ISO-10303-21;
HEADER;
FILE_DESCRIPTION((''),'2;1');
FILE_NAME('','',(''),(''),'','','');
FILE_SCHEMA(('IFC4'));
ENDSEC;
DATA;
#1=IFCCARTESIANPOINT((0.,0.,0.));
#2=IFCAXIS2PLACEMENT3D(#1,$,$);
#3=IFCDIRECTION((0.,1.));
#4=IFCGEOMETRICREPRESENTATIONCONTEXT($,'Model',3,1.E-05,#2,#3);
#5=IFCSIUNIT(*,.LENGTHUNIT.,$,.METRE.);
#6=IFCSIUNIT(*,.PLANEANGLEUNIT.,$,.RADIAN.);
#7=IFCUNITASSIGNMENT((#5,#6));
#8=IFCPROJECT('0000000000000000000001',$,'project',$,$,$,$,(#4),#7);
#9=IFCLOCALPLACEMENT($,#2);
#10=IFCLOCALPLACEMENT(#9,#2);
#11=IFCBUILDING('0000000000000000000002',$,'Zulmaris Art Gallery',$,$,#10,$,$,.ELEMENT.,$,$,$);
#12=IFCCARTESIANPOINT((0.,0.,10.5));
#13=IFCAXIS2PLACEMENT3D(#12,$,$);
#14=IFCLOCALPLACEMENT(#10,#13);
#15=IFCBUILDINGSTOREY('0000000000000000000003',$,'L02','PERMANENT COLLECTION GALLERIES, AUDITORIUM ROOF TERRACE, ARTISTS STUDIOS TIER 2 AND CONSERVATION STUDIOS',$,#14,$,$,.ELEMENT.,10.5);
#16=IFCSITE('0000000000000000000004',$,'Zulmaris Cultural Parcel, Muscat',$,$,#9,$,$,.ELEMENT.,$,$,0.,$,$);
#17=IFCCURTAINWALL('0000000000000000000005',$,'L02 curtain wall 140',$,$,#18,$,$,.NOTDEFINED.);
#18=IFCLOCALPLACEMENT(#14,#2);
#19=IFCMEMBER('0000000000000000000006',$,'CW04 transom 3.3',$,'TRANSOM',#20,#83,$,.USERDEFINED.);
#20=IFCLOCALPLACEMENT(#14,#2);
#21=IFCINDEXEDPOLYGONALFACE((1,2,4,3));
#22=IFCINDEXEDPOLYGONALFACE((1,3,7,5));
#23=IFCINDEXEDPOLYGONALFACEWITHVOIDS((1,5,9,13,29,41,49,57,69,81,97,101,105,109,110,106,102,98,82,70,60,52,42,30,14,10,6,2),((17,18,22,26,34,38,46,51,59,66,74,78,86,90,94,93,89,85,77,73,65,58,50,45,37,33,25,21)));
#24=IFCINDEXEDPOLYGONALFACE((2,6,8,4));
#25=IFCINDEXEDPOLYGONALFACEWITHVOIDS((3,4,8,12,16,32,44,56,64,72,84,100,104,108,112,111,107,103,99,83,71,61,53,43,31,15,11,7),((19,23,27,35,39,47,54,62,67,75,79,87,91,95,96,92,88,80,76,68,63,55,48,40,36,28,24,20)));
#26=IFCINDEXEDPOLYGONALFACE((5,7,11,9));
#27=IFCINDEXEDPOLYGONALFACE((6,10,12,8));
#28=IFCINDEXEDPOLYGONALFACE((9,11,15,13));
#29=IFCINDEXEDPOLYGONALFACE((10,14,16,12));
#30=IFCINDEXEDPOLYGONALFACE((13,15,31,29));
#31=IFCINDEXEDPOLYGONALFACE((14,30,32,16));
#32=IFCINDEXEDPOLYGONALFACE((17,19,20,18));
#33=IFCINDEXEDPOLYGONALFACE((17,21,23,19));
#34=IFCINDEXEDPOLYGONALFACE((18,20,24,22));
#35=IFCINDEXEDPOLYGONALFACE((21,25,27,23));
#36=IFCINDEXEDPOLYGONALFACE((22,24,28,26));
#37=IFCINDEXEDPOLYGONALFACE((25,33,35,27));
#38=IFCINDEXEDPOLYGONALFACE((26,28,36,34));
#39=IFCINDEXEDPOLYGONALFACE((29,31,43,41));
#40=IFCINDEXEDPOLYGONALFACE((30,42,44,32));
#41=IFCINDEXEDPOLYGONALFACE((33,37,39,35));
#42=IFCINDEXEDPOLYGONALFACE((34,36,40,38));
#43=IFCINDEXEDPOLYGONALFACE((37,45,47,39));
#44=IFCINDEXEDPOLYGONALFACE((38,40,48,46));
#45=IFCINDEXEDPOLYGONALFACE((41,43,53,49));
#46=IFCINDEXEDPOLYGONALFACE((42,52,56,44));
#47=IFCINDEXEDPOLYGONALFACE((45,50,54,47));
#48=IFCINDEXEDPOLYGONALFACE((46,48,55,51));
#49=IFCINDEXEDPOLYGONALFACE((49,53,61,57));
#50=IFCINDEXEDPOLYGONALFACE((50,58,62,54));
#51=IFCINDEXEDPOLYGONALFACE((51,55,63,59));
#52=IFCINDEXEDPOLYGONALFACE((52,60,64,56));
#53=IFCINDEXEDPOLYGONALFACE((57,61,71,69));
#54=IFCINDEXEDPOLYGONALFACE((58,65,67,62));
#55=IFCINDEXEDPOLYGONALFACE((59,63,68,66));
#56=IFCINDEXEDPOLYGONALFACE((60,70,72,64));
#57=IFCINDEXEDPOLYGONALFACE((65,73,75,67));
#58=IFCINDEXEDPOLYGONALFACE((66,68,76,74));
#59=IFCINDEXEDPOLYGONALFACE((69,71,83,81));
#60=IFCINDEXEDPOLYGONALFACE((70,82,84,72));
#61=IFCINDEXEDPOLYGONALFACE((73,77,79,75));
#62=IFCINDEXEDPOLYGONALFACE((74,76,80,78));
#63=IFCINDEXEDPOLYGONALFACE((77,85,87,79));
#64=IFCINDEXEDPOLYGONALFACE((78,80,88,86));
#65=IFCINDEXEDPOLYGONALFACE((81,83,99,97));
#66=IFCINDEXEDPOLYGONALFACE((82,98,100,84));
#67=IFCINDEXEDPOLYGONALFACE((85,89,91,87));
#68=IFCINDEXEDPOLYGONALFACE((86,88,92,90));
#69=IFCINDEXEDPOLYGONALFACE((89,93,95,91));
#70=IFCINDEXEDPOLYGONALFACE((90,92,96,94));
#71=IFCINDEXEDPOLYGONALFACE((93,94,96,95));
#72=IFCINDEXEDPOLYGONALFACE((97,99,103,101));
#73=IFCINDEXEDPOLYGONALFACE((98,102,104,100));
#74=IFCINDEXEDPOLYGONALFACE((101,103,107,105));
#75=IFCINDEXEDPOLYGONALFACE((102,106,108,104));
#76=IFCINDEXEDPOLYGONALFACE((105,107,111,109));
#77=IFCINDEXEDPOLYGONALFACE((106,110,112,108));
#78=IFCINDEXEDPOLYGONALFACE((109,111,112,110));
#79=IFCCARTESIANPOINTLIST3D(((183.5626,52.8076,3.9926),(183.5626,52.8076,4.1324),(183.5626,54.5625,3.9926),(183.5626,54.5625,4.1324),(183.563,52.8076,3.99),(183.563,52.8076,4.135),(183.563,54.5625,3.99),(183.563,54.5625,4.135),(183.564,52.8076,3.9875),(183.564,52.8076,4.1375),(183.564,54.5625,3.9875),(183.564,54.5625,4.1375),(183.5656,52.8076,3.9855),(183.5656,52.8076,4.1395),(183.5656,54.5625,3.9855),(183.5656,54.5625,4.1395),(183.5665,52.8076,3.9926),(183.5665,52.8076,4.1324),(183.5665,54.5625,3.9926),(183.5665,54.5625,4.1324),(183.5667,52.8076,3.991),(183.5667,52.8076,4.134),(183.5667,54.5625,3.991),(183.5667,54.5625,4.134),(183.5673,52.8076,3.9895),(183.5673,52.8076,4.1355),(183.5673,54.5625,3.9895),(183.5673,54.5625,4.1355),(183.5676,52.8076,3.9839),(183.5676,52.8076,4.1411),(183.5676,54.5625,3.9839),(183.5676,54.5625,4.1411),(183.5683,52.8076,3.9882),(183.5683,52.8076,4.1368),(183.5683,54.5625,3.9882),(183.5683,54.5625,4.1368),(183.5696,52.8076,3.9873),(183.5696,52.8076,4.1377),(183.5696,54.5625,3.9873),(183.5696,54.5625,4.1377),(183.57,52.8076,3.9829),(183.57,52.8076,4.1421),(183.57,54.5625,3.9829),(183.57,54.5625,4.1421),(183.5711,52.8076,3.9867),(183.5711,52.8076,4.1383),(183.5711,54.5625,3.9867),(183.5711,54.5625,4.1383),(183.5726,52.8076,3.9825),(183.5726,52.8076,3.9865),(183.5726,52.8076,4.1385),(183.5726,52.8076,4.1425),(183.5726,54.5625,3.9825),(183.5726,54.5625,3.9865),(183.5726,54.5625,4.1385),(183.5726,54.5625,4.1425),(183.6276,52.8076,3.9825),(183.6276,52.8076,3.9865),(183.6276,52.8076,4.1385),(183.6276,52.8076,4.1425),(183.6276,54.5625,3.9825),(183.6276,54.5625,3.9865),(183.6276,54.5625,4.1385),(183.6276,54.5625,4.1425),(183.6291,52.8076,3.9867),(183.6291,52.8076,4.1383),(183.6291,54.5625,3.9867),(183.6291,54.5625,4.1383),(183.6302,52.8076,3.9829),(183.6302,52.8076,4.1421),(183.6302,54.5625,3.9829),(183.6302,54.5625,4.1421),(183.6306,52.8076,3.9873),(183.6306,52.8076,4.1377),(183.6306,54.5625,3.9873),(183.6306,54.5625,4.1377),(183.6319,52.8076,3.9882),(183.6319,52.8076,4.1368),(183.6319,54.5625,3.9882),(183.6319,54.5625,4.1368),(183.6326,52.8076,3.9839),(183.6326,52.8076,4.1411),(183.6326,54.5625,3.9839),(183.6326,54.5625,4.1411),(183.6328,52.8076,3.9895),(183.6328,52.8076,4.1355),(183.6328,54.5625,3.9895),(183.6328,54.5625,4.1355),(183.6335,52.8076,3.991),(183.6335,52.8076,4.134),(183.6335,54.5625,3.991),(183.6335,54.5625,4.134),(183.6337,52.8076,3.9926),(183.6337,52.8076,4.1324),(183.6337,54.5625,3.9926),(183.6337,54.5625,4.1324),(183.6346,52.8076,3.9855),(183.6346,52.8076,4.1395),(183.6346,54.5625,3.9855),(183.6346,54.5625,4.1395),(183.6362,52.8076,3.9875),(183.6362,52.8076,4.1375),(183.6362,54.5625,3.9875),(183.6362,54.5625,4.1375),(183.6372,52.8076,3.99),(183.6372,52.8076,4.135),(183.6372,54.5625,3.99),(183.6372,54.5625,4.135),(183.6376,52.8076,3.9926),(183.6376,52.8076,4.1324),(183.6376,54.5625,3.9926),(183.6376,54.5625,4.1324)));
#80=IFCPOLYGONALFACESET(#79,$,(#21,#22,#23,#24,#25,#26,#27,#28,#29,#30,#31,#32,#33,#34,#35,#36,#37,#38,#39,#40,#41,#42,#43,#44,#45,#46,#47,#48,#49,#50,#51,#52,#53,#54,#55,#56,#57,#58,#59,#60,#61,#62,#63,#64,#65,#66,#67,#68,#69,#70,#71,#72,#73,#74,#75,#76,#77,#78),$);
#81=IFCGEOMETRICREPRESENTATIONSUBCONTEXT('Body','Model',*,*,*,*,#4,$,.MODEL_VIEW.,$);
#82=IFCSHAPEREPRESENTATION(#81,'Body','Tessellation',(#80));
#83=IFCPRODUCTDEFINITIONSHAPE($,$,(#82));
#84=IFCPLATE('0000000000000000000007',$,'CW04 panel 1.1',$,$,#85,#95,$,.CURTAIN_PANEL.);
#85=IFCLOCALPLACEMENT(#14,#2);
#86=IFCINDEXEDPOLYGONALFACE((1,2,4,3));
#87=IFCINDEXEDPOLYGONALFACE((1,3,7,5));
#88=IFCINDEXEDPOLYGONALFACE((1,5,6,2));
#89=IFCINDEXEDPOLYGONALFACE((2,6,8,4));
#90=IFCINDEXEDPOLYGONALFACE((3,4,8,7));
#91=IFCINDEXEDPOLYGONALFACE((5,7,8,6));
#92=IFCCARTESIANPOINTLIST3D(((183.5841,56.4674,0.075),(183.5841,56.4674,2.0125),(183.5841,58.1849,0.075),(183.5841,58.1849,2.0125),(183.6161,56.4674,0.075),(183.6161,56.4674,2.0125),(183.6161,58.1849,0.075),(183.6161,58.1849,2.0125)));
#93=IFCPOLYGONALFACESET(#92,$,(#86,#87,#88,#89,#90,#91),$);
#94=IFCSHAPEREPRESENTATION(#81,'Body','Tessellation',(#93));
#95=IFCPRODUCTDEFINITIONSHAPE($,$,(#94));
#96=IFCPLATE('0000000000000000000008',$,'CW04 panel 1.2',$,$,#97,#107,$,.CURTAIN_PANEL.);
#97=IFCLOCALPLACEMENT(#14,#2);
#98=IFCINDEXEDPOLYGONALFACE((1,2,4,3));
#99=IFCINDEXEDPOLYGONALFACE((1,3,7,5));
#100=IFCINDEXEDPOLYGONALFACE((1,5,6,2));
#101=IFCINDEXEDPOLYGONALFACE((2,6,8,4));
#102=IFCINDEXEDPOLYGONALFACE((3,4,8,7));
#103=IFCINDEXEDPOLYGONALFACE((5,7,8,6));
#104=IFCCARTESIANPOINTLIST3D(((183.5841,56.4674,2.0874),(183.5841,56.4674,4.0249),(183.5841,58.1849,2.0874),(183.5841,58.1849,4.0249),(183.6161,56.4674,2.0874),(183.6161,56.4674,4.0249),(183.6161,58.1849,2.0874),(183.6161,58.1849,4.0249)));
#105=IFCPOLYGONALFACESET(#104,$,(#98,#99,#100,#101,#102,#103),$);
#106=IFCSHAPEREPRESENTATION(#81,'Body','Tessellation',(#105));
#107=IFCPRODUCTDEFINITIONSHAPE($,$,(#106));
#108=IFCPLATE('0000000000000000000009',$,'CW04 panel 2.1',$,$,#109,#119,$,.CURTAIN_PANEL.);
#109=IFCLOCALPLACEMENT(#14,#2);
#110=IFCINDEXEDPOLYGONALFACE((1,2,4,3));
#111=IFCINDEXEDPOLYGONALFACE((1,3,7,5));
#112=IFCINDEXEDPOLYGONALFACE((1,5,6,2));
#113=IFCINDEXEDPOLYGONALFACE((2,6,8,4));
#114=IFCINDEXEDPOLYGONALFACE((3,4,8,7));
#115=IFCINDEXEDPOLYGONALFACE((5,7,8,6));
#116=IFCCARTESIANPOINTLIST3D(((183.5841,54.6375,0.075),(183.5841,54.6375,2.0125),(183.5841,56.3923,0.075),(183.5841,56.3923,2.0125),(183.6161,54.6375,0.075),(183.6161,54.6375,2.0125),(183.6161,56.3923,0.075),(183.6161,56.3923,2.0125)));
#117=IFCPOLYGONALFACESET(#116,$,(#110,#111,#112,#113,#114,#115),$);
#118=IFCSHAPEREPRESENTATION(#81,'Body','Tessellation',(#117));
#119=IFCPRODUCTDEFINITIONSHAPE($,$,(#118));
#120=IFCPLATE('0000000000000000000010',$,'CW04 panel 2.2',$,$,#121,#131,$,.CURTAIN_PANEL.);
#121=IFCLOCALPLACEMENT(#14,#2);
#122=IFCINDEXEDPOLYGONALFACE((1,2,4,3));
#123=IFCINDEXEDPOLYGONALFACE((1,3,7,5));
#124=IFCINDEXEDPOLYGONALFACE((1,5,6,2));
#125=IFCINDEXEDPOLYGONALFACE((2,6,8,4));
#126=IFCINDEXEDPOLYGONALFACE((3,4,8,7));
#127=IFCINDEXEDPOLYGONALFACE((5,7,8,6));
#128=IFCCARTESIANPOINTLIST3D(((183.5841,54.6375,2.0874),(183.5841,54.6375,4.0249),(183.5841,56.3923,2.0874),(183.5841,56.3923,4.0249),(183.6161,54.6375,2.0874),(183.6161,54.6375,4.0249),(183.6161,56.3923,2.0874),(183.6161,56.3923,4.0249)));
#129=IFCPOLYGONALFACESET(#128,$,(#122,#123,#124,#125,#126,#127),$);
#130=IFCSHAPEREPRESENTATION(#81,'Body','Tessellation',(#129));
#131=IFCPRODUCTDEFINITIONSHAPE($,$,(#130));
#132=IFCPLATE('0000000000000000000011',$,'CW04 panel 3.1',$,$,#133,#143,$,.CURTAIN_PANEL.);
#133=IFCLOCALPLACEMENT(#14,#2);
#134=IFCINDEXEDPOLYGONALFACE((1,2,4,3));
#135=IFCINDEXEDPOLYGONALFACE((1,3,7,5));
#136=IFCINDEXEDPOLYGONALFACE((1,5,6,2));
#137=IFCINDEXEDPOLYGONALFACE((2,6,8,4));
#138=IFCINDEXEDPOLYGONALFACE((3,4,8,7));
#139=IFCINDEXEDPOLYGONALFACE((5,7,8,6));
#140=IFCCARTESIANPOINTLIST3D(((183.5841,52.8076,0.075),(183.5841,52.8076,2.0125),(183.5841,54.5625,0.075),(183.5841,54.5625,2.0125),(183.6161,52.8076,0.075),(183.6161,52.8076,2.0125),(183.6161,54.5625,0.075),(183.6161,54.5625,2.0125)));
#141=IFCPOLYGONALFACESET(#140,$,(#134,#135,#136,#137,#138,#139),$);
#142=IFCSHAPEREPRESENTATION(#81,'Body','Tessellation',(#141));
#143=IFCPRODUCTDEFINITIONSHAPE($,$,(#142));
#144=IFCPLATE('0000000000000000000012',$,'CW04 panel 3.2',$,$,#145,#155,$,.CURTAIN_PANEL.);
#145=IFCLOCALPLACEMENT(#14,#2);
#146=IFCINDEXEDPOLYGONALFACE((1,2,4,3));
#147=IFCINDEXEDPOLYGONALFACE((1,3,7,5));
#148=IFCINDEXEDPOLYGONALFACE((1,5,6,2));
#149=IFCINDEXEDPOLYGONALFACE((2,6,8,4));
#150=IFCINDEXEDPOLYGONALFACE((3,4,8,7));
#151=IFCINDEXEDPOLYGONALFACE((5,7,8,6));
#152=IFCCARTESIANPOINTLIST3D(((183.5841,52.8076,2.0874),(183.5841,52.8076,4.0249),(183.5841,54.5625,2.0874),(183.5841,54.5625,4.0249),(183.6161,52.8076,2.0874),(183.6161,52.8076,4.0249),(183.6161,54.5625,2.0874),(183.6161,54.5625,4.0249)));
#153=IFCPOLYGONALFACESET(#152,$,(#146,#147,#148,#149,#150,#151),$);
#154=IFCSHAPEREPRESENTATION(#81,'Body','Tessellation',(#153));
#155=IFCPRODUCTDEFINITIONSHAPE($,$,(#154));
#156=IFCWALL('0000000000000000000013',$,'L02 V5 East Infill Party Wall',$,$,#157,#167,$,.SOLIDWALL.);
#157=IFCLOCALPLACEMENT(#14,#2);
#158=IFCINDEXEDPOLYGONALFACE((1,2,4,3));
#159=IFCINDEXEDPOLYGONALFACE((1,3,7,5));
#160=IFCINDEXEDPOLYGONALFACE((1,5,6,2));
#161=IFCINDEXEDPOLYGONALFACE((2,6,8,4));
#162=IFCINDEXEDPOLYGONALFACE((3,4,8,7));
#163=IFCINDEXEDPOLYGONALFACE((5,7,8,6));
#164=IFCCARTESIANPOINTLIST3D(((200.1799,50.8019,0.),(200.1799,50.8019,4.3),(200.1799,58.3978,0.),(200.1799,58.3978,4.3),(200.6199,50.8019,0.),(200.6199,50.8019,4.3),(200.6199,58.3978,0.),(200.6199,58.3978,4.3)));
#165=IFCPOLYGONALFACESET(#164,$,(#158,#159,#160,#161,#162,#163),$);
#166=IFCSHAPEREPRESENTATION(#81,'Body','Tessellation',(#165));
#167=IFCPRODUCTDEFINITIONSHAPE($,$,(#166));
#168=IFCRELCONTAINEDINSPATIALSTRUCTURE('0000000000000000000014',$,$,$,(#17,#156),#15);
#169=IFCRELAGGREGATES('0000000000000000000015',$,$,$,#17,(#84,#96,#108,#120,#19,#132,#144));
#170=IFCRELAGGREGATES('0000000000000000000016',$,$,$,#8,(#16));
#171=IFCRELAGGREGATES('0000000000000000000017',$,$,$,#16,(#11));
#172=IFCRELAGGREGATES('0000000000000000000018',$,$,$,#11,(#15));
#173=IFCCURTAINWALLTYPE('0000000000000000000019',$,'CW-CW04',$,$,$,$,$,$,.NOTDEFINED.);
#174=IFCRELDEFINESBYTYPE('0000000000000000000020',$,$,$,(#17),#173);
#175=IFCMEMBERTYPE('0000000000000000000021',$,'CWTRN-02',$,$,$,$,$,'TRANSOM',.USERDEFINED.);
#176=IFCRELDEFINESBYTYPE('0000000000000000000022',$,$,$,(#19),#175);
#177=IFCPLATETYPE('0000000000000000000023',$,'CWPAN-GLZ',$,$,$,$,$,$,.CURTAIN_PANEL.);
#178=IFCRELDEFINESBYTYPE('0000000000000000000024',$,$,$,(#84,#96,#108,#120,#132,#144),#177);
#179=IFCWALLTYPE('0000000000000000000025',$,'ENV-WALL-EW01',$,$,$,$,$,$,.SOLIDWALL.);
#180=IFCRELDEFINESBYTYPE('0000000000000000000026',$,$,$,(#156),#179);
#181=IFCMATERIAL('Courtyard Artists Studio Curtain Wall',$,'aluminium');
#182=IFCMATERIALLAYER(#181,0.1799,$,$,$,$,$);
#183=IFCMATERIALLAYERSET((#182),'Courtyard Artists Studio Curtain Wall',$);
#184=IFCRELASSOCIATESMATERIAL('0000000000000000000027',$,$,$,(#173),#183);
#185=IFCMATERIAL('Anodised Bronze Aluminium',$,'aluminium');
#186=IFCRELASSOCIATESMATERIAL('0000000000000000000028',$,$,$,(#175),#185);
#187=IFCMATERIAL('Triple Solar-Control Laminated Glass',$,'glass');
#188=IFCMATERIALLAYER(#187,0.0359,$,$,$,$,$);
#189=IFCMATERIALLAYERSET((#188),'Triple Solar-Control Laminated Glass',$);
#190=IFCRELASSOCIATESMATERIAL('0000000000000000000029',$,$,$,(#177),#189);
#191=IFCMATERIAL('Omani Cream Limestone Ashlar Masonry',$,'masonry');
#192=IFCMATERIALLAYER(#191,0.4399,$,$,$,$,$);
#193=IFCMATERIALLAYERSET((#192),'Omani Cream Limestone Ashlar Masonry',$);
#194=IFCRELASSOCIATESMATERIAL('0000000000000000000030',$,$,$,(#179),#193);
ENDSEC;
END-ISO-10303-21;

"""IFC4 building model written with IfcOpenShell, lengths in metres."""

from ifc_helpers import new_model, si_unit, direction, frame, frame_2d, origin, origin_2d, place, context, subcontext, project, spatial, rectangle, hollow_rectangle, extrude, material, layer, layer_set, material_profile, profile_set, type_object, element, aggregate, save


model = new_model("IFC4")

# Units and contexts
model_context = context("Model", 3, precision=1e-05, world=origin(), true_north=direction((0.0, 1.0)))
body_context = subcontext(model_context, "Body", "Model", "MODEL_VIEW")
ifc_project = project(units=[si_unit("LENGTHUNIT", "METRE"), si_unit("PLANEANGLEUNIT", "RADIAN")], contexts=[model_context])

# Site, building, storey
site_placement = place(None, origin())
site = spatial("IfcSite", under=ifc_project, at=site_placement, Name="Zulmaris Cultural Parcel, Muscat", CompositionType="ELEMENT", RefElevation=0.0)
building_placement = place(site_placement, origin())
building = spatial("IfcBuilding", under=site, at=building_placement, Name="Zulmaris Art Gallery", CompositionType="ELEMENT")
storey_placement = place(building_placement, frame((0.0, 0.0, 10.5)))
storey = spatial("IfcBuildingStorey", under=building, at=storey_placement, Name="L02", Description="PERMANENT COLLECTION GALLERIES, AUDITORIUM ROOF TERRACE, ARTISTS STUDIOS TIER 2 AND CONSERVATION STUDIOS", CompositionType="ELEMENT", Elevation=10.5)

# Curtain wall, member, plates
ifc_material_1 = material(Name="Courtyard Artists Studio Curtain Wall", Category="aluminium")
ifc_layer_1 = layer(ifc_material_1, 0.1799)
ifc_layer_set_1 = layer_set([ifc_layer_1], Name="Courtyard Artists Studio Curtain Wall")
curtain_wall_type = type_object("IfcCurtainWallType", Name="CW-CW04", PredefinedType="NOTDEFINED", material=ifc_layer_set_1)
curtain_wall_placement = place(storey_placement, origin())
curtain_wall = element("IfcCurtainWall", 1, at=curtain_wall_placement, inside=storey, type_object=curtain_wall_type, Name="L02 curtain wall 140", PredefinedType="NOTDEFINED")
ifc_material_2 = material(Name="Anodised Bronze Aluminium", Category="aluminium")
ifc_material_profile_1 = material_profile(ifc_material_2, hollow_rectangle(XDim=0.075, YDim=0.1599, WallThickness=0.0039, InnerFilletRadius=0.0061, OuterFilletRadius=0.01, at=origin_2d()), Name="ALU 75x160x4")
ifc_profile_set_1 = profile_set([ifc_material_profile_1], Name="Anodised Bronze Aluminium")
member_type_1 = type_object("IfcMemberType", Name="CWTRN-02", ElementType="TRANSOM", PredefinedType="USERDEFINED", material=ifc_profile_set_1)
member_1_placement = place(storey_placement, frame((183.6001, 54.5625, 4.0625), z_axis=(0.0, -1.0, 0.0), x_axis=(1.0, 0.0, 0.0)))
member_1 = element("IfcMember", 2, at=member_1_placement, type_object=member_type_1, Name="CW04 transom 3.3", ObjectType="TRANSOM", PredefinedType="USERDEFINED", context=body_context, shape_type="SweptSolid", body=[
    extrude(hollow_rectangle(XDim=0.075, YDim=0.1599, WallThickness=0.0039, InnerFilletRadius=0.0061, OuterFilletRadius=0.01, at=origin_2d()), origin(), (0.0, 0.0, 1.0), 1.7549),
])
ifc_material_3 = material(Name="Triple Solar-Control Laminated Glass", Category="glass")
ifc_layer_2 = layer(ifc_material_3, 0.0359)
ifc_layer_set_2 = layer_set([ifc_layer_2], Name="Triple Solar-Control Laminated Glass")
plate_type = type_object("IfcPlateType", Name="CWPAN-GLZ", PredefinedType="CURTAIN_PANEL", material=ifc_layer_set_2)
plate_1_placement = place(storey_placement, frame((183.6001, 57.3262, 0.075), z_axis=(0.0, 0.0, 1.0), x_axis=(0.0, -1.0, 0.0)))
plate_1 = element("IfcPlate", 3, at=plate_1_placement, type_object=plate_type, Name="CW04 panel 1.1", PredefinedType="CURTAIN_PANEL", context=body_context, shape_type="SweptSolid", body=[
    extrude(rectangle(XDim=1.7175, YDim=0.032, at=origin_2d()), origin(), (0.0, 0.0, 1.0), 1.9375),
])
plate_2_placement = place(storey_placement, frame((183.6001, 57.3262, 2.0874), z_axis=(0.0, 0.0, 1.0), x_axis=(0.0, -1.0, 0.0)))
plate_2 = element("IfcPlate", 4, at=plate_2_placement, type_object=plate_type, Name="CW04 panel 1.2", PredefinedType="CURTAIN_PANEL", context=body_context, shape_type="SweptSolid", body=[
    extrude(rectangle(XDim=1.7175, YDim=0.032, at=origin_2d()), origin(), (0.0, 0.0, 1.0), 1.9375),
])
plate_3_placement = place(storey_placement, frame((183.6001, 55.5149, 0.075), z_axis=(0.0, 0.0, 1.0), x_axis=(0.0, -1.0, 0.0)))
plate_3 = element("IfcPlate", 5, at=plate_3_placement, type_object=plate_type, Name="CW04 panel 2.1", PredefinedType="CURTAIN_PANEL", context=body_context, shape_type="SweptSolid", body=[
    extrude(rectangle(XDim=1.7549, YDim=0.032, at=origin_2d()), origin(), (0.0, 0.0, 1.0), 1.9375),
])
plate_4_placement = place(storey_placement, frame((183.6001, 55.5149, 2.0874), z_axis=(0.0, 0.0, 1.0), x_axis=(0.0, -1.0, 0.0)))
plate_4 = element("IfcPlate", 6, at=plate_4_placement, type_object=plate_type, Name="CW04 panel 2.2", PredefinedType="CURTAIN_PANEL", context=body_context, shape_type="SweptSolid", body=[
    extrude(rectangle(XDim=1.7549, YDim=0.032, at=origin_2d()), origin(), (0.0, 0.0, 1.0), 1.9375),
])
plate_5_placement = place(storey_placement, frame((183.6001, 53.6851, 0.075), z_axis=(0.0, 0.0, 1.0), x_axis=(0.0, -1.0, 0.0)))
plate_5 = element("IfcPlate", 7, at=plate_5_placement, type_object=plate_type, Name="CW04 panel 3.1", PredefinedType="CURTAIN_PANEL", context=body_context, shape_type="SweptSolid", body=[
    extrude(rectangle(XDim=1.7549, YDim=0.032, at=origin_2d()), origin(), (0.0, 0.0, 1.0), 1.9375),
])
plate_6_placement = place(storey_placement, frame((183.6001, 53.6851, 2.0874), z_axis=(0.0, 0.0, 1.0), x_axis=(0.0, -1.0, 0.0)))
plate_6 = element("IfcPlate", 8, at=plate_6_placement, type_object=plate_type, Name="CW04 panel 3.2", PredefinedType="CURTAIN_PANEL", context=body_context, shape_type="SweptSolid", body=[
    extrude(rectangle(XDim=1.7549, YDim=0.032, at=origin_2d()), origin(), (0.0, 0.0, 1.0), 1.9375),
])
aggregate(curtain_wall, [plate_1, plate_2, plate_3, plate_4, member_1, plate_5, plate_6])

# Wall
ifc_material_4 = material(Name="Omani Cream Limestone Ashlar Masonry", Category="masonry")
ifc_layer_3 = layer(ifc_material_4, 0.4399)
ifc_layer_set_3 = layer_set([ifc_layer_3], Name="Omani Cream Limestone Ashlar Masonry")
wall_type_1 = type_object("IfcWallType", Name="ENV-WALL-EW01", PredefinedType="SOLIDWALL", material=ifc_layer_set_3)
wall_1_placement = place(storey_placement, frame((200.3999, 50.802, 0.0), z_axis=(0.0, 0.0, 1.0), x_axis=(0.0, 1.0, 0.0)))
element("IfcWall", 9, at=wall_1_placement, inside=storey, type_object=wall_type_1, Name="L02 V5 East Infill Party Wall", PredefinedType="SOLIDWALL", context=body_context, shape_type="SweptSolid", body=[
    extrude(rectangle(XDim=7.5959, YDim=0.4399, at=frame_2d((3.7979, 0.0))), origin(), (0.0, 0.0, 1.0), 4.3),
])

save(model, "model.ifc")
